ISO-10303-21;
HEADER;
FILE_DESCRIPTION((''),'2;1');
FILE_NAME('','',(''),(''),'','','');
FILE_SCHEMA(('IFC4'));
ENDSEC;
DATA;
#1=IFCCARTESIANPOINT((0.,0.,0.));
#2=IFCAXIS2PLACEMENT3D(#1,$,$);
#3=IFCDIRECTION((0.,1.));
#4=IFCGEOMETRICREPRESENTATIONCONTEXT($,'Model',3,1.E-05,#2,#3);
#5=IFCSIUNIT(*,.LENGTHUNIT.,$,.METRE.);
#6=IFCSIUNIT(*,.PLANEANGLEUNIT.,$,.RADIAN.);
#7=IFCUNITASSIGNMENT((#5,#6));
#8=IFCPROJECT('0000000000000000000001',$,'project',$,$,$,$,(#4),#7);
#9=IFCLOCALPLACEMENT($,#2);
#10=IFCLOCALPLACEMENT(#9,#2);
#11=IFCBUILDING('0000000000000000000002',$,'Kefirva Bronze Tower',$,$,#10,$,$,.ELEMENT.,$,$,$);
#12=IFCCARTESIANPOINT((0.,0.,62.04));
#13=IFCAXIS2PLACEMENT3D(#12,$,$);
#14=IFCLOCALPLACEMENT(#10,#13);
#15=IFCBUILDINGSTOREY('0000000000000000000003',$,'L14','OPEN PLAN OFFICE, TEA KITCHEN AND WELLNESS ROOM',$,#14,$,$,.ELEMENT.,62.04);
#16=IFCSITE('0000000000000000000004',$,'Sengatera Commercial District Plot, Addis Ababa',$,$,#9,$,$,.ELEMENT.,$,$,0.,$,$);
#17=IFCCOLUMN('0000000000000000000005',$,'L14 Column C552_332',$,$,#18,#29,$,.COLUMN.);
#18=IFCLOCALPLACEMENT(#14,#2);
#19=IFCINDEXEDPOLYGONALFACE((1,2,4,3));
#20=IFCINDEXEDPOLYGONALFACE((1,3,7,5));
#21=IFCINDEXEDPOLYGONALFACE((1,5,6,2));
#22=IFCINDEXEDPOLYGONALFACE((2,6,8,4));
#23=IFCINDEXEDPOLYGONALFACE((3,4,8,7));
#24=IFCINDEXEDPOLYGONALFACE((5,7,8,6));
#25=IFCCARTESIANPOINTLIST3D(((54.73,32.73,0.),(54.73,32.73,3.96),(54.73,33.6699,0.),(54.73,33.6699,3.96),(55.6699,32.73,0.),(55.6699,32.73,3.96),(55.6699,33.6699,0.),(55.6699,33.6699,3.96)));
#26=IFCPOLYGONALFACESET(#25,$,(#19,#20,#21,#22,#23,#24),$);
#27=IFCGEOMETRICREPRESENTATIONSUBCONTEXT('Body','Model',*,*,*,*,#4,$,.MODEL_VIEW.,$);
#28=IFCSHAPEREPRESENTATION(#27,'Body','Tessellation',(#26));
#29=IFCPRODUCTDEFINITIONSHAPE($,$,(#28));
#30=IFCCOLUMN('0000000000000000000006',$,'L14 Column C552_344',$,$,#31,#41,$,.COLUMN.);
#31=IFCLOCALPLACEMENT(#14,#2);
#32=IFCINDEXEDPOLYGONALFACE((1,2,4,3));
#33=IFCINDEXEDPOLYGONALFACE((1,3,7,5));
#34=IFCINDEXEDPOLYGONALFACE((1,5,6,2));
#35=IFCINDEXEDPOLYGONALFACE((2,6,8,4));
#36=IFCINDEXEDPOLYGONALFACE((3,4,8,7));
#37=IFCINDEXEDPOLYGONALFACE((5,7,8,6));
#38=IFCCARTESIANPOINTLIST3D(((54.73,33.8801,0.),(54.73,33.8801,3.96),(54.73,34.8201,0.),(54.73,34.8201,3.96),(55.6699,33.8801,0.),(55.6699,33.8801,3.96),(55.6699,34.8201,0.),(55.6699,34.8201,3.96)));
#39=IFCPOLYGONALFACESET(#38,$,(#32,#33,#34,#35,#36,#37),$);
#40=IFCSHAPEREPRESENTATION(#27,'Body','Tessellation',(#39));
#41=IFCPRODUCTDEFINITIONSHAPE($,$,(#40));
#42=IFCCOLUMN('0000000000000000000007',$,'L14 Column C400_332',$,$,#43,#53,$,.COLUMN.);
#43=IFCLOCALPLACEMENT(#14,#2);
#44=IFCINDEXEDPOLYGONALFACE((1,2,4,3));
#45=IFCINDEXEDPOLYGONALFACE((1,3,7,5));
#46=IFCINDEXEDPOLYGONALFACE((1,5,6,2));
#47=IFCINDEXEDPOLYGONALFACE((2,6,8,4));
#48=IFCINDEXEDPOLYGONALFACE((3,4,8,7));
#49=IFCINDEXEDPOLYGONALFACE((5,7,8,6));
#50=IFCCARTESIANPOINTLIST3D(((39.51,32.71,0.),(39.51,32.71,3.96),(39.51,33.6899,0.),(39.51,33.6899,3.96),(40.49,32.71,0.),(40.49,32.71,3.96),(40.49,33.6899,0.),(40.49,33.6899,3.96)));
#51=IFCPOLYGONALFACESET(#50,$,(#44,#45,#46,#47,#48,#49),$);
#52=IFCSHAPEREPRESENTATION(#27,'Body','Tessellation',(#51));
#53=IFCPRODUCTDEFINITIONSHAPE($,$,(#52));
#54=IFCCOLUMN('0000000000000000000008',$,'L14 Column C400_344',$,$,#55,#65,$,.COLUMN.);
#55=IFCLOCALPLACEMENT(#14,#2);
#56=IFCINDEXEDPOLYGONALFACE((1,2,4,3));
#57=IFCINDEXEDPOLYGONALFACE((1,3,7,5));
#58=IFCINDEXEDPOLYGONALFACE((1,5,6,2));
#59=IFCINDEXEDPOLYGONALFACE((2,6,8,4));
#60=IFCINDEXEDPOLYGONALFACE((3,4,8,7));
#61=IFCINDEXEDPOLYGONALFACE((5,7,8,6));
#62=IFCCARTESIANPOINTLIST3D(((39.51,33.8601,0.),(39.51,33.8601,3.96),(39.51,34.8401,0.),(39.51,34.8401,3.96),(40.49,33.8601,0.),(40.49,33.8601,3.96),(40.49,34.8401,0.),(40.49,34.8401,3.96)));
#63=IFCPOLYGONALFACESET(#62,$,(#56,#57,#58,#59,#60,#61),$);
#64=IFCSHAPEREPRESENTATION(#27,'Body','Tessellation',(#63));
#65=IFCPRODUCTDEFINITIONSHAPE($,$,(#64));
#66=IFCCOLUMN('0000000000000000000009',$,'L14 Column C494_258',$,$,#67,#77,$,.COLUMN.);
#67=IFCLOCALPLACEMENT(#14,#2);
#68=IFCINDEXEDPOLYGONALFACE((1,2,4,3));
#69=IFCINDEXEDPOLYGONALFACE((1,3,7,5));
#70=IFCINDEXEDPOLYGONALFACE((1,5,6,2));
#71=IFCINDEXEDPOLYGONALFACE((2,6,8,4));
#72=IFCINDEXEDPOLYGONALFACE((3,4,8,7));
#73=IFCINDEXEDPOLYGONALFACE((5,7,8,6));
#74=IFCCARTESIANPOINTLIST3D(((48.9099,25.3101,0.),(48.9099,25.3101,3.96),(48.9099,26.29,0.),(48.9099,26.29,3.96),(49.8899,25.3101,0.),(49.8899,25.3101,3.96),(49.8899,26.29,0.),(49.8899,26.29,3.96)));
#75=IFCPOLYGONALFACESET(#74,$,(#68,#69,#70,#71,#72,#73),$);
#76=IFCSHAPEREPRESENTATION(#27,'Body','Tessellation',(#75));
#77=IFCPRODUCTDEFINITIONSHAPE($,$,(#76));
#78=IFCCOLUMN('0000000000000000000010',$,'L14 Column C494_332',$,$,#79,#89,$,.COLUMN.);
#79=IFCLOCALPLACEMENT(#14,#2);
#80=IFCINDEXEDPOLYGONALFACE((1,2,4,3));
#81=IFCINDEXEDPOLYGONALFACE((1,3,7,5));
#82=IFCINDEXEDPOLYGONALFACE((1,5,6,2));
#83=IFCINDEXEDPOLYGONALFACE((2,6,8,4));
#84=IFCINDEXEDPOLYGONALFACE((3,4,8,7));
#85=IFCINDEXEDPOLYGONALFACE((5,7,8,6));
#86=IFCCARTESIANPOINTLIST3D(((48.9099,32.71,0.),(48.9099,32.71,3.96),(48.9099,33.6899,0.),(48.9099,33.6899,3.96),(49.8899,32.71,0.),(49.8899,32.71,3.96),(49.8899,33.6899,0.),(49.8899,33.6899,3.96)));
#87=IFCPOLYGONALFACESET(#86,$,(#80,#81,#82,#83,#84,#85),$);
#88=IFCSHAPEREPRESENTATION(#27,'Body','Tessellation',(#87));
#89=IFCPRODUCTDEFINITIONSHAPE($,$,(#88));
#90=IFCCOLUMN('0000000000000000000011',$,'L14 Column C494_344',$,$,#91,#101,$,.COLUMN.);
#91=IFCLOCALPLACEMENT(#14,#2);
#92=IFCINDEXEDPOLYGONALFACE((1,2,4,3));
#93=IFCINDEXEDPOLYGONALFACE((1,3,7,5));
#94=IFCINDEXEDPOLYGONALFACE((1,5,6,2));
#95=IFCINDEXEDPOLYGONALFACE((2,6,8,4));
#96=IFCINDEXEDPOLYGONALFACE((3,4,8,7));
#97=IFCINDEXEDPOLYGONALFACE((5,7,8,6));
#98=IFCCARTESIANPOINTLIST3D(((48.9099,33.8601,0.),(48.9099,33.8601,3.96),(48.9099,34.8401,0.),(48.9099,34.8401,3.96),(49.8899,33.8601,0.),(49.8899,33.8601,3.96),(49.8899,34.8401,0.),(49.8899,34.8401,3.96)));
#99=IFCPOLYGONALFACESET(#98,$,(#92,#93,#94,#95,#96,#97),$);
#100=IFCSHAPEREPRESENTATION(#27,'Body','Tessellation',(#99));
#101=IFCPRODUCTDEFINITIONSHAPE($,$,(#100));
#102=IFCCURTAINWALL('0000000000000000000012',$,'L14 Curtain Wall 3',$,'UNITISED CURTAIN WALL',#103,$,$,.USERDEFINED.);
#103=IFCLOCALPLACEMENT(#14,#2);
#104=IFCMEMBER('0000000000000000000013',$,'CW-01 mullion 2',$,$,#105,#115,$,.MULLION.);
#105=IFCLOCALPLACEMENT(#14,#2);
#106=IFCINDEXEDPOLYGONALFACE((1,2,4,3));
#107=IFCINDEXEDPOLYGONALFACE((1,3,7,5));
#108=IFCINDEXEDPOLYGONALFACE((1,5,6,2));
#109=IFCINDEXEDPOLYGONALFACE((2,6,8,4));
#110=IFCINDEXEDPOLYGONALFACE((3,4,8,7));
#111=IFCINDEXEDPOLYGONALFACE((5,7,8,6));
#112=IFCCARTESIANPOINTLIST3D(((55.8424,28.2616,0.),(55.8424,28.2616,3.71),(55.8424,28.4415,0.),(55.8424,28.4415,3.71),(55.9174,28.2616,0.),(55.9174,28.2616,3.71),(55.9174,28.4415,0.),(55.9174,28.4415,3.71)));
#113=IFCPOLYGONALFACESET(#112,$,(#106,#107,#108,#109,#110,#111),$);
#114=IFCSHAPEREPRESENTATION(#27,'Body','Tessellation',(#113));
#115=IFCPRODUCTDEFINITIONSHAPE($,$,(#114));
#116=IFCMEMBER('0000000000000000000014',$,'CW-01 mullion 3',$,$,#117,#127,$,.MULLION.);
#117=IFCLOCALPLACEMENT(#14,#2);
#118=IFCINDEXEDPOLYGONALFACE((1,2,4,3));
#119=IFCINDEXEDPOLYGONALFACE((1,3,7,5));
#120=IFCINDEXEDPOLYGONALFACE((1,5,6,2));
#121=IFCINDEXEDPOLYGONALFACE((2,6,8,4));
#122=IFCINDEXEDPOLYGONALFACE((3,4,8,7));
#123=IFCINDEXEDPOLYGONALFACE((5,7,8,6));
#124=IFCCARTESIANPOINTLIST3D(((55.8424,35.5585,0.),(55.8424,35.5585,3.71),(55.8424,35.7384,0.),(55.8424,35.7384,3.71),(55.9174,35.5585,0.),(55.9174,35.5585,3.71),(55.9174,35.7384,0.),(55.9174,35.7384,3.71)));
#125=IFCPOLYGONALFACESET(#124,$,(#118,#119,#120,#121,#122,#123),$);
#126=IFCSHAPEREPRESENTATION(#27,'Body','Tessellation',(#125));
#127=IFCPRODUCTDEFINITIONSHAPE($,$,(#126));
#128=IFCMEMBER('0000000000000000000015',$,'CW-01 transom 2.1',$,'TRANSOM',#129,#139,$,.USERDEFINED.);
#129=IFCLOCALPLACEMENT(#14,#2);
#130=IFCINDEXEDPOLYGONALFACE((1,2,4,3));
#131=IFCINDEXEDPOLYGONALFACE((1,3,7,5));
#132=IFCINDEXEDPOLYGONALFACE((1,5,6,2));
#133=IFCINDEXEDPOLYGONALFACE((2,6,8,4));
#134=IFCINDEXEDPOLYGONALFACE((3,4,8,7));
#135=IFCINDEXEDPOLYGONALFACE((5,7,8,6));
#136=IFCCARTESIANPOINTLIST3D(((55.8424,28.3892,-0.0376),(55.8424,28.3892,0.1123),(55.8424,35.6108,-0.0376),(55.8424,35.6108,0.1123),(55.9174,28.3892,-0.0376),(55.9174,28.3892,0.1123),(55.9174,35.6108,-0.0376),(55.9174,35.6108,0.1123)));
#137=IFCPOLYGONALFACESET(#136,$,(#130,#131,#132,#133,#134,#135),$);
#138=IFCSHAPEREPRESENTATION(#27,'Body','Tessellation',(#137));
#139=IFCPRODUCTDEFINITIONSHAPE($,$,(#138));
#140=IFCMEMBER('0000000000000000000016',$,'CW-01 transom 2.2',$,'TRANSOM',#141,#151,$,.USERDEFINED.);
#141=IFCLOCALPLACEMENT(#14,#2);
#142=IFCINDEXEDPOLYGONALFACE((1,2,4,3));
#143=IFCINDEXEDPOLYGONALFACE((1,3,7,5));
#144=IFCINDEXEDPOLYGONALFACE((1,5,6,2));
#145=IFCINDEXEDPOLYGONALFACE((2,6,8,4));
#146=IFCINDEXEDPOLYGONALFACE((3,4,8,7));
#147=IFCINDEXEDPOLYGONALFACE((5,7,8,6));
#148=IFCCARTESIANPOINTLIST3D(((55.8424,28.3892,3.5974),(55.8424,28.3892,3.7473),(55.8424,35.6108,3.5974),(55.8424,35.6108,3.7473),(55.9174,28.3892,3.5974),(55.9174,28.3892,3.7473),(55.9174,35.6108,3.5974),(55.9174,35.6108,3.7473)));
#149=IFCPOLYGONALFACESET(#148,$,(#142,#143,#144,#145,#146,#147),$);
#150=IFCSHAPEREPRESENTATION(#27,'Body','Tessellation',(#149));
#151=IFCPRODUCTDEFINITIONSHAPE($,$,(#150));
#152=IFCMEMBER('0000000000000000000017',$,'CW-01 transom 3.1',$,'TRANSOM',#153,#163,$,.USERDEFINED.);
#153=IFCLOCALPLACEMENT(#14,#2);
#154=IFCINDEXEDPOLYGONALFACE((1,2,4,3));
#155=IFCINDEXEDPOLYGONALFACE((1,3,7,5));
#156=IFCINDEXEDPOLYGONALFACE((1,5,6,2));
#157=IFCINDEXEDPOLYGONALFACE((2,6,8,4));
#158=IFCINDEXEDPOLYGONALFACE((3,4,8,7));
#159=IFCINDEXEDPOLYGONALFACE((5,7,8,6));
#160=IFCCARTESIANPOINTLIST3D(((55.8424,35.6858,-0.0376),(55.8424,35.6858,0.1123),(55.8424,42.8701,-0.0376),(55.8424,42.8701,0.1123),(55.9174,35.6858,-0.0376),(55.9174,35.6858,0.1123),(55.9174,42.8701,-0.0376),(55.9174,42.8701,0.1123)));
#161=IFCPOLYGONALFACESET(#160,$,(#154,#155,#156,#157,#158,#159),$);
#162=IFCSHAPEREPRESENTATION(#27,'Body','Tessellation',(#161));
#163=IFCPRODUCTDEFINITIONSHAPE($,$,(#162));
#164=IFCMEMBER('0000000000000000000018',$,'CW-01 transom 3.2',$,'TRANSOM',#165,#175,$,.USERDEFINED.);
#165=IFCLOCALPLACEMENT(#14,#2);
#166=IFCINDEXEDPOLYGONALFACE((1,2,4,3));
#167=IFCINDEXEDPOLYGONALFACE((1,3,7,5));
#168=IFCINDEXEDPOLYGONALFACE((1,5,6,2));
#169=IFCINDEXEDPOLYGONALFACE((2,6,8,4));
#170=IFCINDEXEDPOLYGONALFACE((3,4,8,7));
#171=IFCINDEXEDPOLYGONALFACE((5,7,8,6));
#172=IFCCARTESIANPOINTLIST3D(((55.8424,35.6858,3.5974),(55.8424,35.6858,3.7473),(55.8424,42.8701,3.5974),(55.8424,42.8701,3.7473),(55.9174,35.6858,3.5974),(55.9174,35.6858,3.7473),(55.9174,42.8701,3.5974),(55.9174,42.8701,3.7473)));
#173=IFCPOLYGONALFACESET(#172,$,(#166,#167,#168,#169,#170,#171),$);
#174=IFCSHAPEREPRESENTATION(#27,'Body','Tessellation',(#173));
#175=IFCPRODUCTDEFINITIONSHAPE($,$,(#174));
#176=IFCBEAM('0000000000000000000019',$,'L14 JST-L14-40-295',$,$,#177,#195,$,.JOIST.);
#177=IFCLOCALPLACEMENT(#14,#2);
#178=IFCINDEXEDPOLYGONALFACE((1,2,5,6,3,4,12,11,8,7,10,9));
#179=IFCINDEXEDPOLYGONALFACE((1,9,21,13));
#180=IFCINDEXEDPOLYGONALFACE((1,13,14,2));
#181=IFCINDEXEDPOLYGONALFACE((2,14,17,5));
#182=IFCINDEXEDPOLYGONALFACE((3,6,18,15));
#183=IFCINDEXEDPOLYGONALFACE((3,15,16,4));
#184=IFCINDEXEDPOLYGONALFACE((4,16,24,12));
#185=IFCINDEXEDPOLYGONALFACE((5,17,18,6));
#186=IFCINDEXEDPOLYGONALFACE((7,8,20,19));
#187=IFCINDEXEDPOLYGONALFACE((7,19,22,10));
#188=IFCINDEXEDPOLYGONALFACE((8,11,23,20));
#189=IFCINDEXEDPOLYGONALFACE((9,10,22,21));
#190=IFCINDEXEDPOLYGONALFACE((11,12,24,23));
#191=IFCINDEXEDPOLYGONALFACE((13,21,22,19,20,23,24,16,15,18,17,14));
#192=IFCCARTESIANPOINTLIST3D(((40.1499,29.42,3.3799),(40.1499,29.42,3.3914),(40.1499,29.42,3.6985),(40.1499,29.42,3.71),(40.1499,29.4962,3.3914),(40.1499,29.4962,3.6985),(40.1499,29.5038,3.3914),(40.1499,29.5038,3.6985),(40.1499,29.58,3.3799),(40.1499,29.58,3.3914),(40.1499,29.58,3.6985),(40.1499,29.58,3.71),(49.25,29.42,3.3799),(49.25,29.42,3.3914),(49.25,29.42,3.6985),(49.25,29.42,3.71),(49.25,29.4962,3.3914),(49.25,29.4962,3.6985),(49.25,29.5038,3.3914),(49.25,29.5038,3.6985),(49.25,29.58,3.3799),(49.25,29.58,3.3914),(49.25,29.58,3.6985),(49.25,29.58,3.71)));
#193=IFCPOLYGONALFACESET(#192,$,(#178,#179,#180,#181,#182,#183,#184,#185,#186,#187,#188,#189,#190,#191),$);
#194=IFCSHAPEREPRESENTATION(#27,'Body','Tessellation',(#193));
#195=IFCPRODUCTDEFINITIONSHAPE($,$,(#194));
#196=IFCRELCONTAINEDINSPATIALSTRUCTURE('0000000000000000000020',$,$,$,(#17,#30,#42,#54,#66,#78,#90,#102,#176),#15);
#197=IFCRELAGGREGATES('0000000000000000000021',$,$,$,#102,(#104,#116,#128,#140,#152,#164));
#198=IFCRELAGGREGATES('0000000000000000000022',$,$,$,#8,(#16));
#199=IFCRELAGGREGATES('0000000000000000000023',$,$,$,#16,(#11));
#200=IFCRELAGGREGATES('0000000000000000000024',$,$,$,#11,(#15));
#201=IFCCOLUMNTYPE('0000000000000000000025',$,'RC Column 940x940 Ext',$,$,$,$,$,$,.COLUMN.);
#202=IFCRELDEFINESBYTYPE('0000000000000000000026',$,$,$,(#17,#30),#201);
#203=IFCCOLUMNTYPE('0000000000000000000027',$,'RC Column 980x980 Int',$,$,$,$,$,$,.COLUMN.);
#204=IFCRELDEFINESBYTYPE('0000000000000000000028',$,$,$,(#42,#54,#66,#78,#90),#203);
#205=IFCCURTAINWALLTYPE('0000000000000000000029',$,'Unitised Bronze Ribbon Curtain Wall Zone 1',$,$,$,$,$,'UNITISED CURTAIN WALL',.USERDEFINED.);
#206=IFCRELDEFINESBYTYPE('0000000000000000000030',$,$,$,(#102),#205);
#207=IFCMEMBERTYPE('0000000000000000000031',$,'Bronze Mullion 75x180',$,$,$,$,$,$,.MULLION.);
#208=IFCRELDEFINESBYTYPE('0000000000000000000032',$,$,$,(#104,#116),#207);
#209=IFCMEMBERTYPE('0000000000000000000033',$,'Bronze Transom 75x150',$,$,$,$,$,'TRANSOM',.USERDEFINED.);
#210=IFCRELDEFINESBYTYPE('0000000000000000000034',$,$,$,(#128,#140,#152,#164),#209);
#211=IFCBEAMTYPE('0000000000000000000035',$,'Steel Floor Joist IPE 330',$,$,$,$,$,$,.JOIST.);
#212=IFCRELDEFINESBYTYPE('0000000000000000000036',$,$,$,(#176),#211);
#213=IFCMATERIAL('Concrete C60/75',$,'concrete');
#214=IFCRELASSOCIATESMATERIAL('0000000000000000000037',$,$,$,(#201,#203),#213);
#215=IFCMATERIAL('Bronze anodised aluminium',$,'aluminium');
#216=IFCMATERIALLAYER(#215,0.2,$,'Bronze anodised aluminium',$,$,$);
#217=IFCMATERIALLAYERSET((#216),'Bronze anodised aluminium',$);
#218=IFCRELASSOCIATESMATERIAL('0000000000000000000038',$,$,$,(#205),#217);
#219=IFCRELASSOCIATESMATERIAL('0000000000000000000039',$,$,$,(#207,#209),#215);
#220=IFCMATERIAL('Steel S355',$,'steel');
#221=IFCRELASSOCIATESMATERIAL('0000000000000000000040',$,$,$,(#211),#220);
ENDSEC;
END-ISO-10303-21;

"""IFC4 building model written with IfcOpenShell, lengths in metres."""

from ifc_helpers import new_model, si_unit, direction, frame, origin, origin_2d, place, context, subcontext, project, spatial, rectangle, i_section, extrude, material, layer, layer_set, material_profile, profile_set, type_object, element, aggregate, save


model = new_model("IFC4")

# Units and contexts
model_context = context("Model", 3, precision=1e-05, world=origin(), true_north=direction((0.0, 1.0)))
body_context = subcontext(model_context, "Body", "Model", "MODEL_VIEW")
ifc_project = project(units=[si_unit("LENGTHUNIT", "METRE"), si_unit("PLANEANGLEUNIT", "RADIAN")], contexts=[model_context])

# Site, building, storey
site_placement = place(None, origin())
site = spatial("IfcSite", under=ifc_project, at=site_placement, Name="Sengatera Commercial District Plot, Addis Ababa", CompositionType="ELEMENT", RefElevation=0.0)
building_placement = place(site_placement, origin())
building = spatial("IfcBuilding", under=site, at=building_placement, Name="Kefirva Bronze Tower", CompositionType="ELEMENT")
storey_placement = place(building_placement, frame((0.0, 0.0, 62.04)))
storey = spatial("IfcBuildingStorey", under=building, at=storey_placement, Name="L14", Description="OPEN PLAN OFFICE, TEA KITCHEN AND WELLNESS ROOM", CompositionType="ELEMENT", Elevation=62.04)

# Columns
ifc_material_1 = material(Name="Concrete C60/75", Category="concrete")
ifc_material_profile_1 = material_profile(ifc_material_1, rectangle(XDim=0.9399, YDim=0.9399, at=origin_2d()), Name="RC 940x940")
ifc_profile_set_1 = profile_set([ifc_material_profile_1], Name="Concrete C60/75")
column_type_1 = type_object("IfcColumnType", Name="RC Column 940x940 Ext", PredefinedType="COLUMN", material=ifc_profile_set_1)
for number, where, z_axis, x_axis, name in (
    (1, (55.2, 33.2, 0.0), (0.0, 0.0, 1.0), (1.0, 0.0, 0.0), "L14 Column C552_332"),
    (2, (55.2, 34.3501, 0.0), (0.0, 0.0, 1.0), (1.0, 0.0, 0.0), "L14 Column C552_344"),
):
    element("IfcColumn", number, at=place(storey_placement, frame(where, z_axis=z_axis, x_axis=x_axis)), inside=storey, type_object=column_type_1, Name=name, PredefinedType="COLUMN", context=body_context, shape_type="SweptSolid", body=[
        extrude(rectangle(XDim=0.9399, YDim=0.9399, at=origin_2d()), origin(), (0.0, 0.0, 1.0), 3.96),
    ])
ifc_material_profile_2 = material_profile(ifc_material_1, rectangle(XDim=0.98, YDim=0.98, at=origin_2d()), Name="RC 980x980")
ifc_profile_set_2 = profile_set([ifc_material_profile_2], Name="Concrete C60/75")
column_type_2 = type_object("IfcColumnType", Name="RC Column 980x980 Int", PredefinedType="COLUMN", material=ifc_profile_set_2)
for number, where, z_axis, x_axis, name in (
    (3, (40.0, 33.2, 0.0), (0.0, 0.0, 1.0), (1.0, 0.0, 0.0), "L14 Column C400_332"),
    (4, (40.0, 34.3501, 0.0), (0.0, 0.0, 1.0), (1.0, 0.0, 0.0), "L14 Column C400_344"),
    (5, (49.3999, 25.8, 0.0), (0.0, 0.0, 1.0), (1.0, 0.0, 0.0), "L14 Column C494_258"),
    (6, (49.3999, 33.2, 0.0), (0.0, 0.0, 1.0), (1.0, 0.0, 0.0), "L14 Column C494_332"),
    (7, (49.3999, 34.3501, 0.0), (0.0, 0.0, 1.0), (1.0, 0.0, 0.0), "L14 Column C494_344"),
):
    element("IfcColumn", number, at=place(storey_placement, frame(where, z_axis=z_axis, x_axis=x_axis)), inside=storey, type_object=column_type_2, Name=name, PredefinedType="COLUMN", context=body_context, shape_type="SweptSolid", body=[
        extrude(rectangle(XDim=0.98, YDim=0.98, at=origin_2d()), origin(), (0.0, 0.0, 1.0), 3.96),
    ])

# Curtain wall, members
ifc_material_2 = material(Name="Bronze anodised aluminium", Category="aluminium")
ifc_layer_1 = layer(ifc_material_2, 0.2, Name="Bronze anodised aluminium")
ifc_layer_set_1 = layer_set([ifc_layer_1], Name="Bronze anodised aluminium")
curtain_wall_type = type_object("IfcCurtainWallType", Name="Unitised Bronze Ribbon Curtain Wall Zone 1", ElementType="UNITISED CURTAIN WALL", PredefinedType="USERDEFINED", material=ifc_layer_set_1)
curtain_wall_placement = place(storey_placement, origin())
curtain_wall = element("IfcCurtainWall", 8, at=curtain_wall_placement, inside=storey, type_object=curtain_wall_type, Name="L14 Curtain Wall 3", ObjectType="UNITISED CURTAIN WALL", PredefinedType="USERDEFINED")
ifc_material_profile_3 = material_profile(ifc_material_2, rectangle(XDim=0.075, YDim=0.1799, at=origin_2d()), Name="ALU 75x180")
ifc_profile_set_3 = profile_set([ifc_material_profile_3], Name="Bronze anodised aluminium")
member_type_1 = type_object("IfcMemberType", Name="Bronze Mullion 75x180", PredefinedType="MULLION", material=ifc_profile_set_3)
member_1_placement = place(storey_placement, frame((55.8799, 28.3516, 0.0), z_axis=(0.0, 0.0, 1.0), x_axis=(-1.0, 0.0, 0.0)))
member_1 = element("IfcMember", 9, at=member_1_placement, type_object=member_type_1, Name="CW-01 mullion 2", PredefinedType="MULLION", context=body_context, shape_type="SweptSolid", body=[
    extrude(rectangle(XDim=0.075, YDim=0.1799, at=origin_2d()), origin(), (0.0, 0.0, 1.0), 3.71),
])
member_2_placement = place(storey_placement, frame((55.8799, 35.6484, 0.0), z_axis=(0.0, 0.0, 1.0), x_axis=(-1.0, 0.0, 0.0)))
member_2 = element("IfcMember", 10, at=member_2_placement, type_object=member_type_1, Name="CW-01 mullion 3", PredefinedType="MULLION", context=body_context, shape_type="SweptSolid", body=[
    extrude(rectangle(XDim=0.075, YDim=0.1799, at=origin_2d()), origin(), (0.0, 0.0, 1.0), 3.71),
])
ifc_material_profile_4 = material_profile(ifc_material_2, rectangle(XDim=0.075, YDim=0.1499, at=origin_2d()), Name="ALU 75x150")
ifc_profile_set_4 = profile_set([ifc_material_profile_4], Name="Bronze anodised aluminium")
member_type_2 = type_object("IfcMemberType", Name="Bronze Transom 75x150", ElementType="TRANSOM", PredefinedType="USERDEFINED", material=ifc_profile_set_4)
member_3_placement = place(storey_placement, frame((55.8799, 28.3892, 0.0374), z_axis=(0.0, 1.0, 0.0), x_axis=(-1.0, 0.0, 0.0)))
member_3 = element("IfcMember", 11, at=member_3_placement, type_object=member_type_2, Name="CW-01 transom 2.1", ObjectType="TRANSOM", PredefinedType="USERDEFINED", context=body_context, shape_type="SweptSolid", body=[
    extrude(rectangle(XDim=0.075, YDim=0.1499, at=origin_2d()), origin(), (0.0, 0.0, 1.0), 7.2217),
])
member_4_placement = place(storey_placement, frame((55.8799, 28.3892, 3.6724), z_axis=(0.0, 1.0, 0.0), x_axis=(-1.0, 0.0, 0.0)))
member_4 = element("IfcMember", 12, at=member_4_placement, type_object=member_type_2, Name="CW-01 transom 2.2", ObjectType="TRANSOM", PredefinedType="USERDEFINED", context=body_context, shape_type="SweptSolid", body=[
    extrude(rectangle(XDim=0.075, YDim=0.1499, at=origin_2d()), origin(), (0.0, 0.0, 1.0), 7.2217),
])
member_5_placement = place(storey_placement, frame((55.8799, 35.6858, 0.0374), z_axis=(0.0, 1.0, 0.0), x_axis=(-1.0, 0.0, 0.0)))
member_5 = element("IfcMember", 13, at=member_5_placement, type_object=member_type_2, Name="CW-01 transom 3.1", ObjectType="TRANSOM", PredefinedType="USERDEFINED", context=body_context, shape_type="SweptSolid", body=[
    extrude(rectangle(XDim=0.075, YDim=0.1499, at=origin_2d()), origin(), (0.0, 0.0, 1.0), 7.1843),
])
member_6_placement = place(storey_placement, frame((55.8799, 35.6858, 3.6724), z_axis=(0.0, 1.0, 0.0), x_axis=(-1.0, 0.0, 0.0)))
member_6 = element("IfcMember", 14, at=member_6_placement, type_object=member_type_2, Name="CW-01 transom 3.2", ObjectType="TRANSOM", PredefinedType="USERDEFINED", context=body_context, shape_type="SweptSolid", body=[
    extrude(rectangle(XDim=0.075, YDim=0.1499, at=origin_2d()), origin(), (0.0, 0.0, 1.0), 7.1843),
])

# Beam
ifc_material_3 = material(Name="Steel S355", Category="steel")
ifc_material_profile_5 = material_profile(ifc_material_3, i_section(OverallWidth=0.1599, OverallDepth=0.3301, WebThickness=0.0076, FlangeThickness=0.0115, at=origin_2d()), Name="IPE 330")
ifc_profile_set_5 = profile_set([ifc_material_profile_5], Name="Steel S355")
beam_type_1 = type_object("IfcBeamType", Name="Steel Floor Joist IPE 330", PredefinedType="JOIST", material=ifc_profile_set_5)
beam_1_placement = place(storey_placement, frame((40.1499, 29.5, 3.5449), z_axis=(1.0, 0.0, 0.0), x_axis=(0.0, 1.0, 0.0)))
element("IfcBeam", 15, at=beam_1_placement, inside=storey, type_object=beam_type_1, Name="L14 JST-L14-40-295", PredefinedType="JOIST", context=body_context, shape_type="SweptSolid", body=[
    extrude(i_section(OverallWidth=0.1599, OverallDepth=0.3301, WebThickness=0.0076, FlangeThickness=0.0115, at=origin_2d()), origin(), (0.0, 0.0, 1.0), 9.1001),
])

aggregate(curtain_wall, [member_1, member_2, member_3, member_4, member_5, member_6])

save(model, "model.ifc")
